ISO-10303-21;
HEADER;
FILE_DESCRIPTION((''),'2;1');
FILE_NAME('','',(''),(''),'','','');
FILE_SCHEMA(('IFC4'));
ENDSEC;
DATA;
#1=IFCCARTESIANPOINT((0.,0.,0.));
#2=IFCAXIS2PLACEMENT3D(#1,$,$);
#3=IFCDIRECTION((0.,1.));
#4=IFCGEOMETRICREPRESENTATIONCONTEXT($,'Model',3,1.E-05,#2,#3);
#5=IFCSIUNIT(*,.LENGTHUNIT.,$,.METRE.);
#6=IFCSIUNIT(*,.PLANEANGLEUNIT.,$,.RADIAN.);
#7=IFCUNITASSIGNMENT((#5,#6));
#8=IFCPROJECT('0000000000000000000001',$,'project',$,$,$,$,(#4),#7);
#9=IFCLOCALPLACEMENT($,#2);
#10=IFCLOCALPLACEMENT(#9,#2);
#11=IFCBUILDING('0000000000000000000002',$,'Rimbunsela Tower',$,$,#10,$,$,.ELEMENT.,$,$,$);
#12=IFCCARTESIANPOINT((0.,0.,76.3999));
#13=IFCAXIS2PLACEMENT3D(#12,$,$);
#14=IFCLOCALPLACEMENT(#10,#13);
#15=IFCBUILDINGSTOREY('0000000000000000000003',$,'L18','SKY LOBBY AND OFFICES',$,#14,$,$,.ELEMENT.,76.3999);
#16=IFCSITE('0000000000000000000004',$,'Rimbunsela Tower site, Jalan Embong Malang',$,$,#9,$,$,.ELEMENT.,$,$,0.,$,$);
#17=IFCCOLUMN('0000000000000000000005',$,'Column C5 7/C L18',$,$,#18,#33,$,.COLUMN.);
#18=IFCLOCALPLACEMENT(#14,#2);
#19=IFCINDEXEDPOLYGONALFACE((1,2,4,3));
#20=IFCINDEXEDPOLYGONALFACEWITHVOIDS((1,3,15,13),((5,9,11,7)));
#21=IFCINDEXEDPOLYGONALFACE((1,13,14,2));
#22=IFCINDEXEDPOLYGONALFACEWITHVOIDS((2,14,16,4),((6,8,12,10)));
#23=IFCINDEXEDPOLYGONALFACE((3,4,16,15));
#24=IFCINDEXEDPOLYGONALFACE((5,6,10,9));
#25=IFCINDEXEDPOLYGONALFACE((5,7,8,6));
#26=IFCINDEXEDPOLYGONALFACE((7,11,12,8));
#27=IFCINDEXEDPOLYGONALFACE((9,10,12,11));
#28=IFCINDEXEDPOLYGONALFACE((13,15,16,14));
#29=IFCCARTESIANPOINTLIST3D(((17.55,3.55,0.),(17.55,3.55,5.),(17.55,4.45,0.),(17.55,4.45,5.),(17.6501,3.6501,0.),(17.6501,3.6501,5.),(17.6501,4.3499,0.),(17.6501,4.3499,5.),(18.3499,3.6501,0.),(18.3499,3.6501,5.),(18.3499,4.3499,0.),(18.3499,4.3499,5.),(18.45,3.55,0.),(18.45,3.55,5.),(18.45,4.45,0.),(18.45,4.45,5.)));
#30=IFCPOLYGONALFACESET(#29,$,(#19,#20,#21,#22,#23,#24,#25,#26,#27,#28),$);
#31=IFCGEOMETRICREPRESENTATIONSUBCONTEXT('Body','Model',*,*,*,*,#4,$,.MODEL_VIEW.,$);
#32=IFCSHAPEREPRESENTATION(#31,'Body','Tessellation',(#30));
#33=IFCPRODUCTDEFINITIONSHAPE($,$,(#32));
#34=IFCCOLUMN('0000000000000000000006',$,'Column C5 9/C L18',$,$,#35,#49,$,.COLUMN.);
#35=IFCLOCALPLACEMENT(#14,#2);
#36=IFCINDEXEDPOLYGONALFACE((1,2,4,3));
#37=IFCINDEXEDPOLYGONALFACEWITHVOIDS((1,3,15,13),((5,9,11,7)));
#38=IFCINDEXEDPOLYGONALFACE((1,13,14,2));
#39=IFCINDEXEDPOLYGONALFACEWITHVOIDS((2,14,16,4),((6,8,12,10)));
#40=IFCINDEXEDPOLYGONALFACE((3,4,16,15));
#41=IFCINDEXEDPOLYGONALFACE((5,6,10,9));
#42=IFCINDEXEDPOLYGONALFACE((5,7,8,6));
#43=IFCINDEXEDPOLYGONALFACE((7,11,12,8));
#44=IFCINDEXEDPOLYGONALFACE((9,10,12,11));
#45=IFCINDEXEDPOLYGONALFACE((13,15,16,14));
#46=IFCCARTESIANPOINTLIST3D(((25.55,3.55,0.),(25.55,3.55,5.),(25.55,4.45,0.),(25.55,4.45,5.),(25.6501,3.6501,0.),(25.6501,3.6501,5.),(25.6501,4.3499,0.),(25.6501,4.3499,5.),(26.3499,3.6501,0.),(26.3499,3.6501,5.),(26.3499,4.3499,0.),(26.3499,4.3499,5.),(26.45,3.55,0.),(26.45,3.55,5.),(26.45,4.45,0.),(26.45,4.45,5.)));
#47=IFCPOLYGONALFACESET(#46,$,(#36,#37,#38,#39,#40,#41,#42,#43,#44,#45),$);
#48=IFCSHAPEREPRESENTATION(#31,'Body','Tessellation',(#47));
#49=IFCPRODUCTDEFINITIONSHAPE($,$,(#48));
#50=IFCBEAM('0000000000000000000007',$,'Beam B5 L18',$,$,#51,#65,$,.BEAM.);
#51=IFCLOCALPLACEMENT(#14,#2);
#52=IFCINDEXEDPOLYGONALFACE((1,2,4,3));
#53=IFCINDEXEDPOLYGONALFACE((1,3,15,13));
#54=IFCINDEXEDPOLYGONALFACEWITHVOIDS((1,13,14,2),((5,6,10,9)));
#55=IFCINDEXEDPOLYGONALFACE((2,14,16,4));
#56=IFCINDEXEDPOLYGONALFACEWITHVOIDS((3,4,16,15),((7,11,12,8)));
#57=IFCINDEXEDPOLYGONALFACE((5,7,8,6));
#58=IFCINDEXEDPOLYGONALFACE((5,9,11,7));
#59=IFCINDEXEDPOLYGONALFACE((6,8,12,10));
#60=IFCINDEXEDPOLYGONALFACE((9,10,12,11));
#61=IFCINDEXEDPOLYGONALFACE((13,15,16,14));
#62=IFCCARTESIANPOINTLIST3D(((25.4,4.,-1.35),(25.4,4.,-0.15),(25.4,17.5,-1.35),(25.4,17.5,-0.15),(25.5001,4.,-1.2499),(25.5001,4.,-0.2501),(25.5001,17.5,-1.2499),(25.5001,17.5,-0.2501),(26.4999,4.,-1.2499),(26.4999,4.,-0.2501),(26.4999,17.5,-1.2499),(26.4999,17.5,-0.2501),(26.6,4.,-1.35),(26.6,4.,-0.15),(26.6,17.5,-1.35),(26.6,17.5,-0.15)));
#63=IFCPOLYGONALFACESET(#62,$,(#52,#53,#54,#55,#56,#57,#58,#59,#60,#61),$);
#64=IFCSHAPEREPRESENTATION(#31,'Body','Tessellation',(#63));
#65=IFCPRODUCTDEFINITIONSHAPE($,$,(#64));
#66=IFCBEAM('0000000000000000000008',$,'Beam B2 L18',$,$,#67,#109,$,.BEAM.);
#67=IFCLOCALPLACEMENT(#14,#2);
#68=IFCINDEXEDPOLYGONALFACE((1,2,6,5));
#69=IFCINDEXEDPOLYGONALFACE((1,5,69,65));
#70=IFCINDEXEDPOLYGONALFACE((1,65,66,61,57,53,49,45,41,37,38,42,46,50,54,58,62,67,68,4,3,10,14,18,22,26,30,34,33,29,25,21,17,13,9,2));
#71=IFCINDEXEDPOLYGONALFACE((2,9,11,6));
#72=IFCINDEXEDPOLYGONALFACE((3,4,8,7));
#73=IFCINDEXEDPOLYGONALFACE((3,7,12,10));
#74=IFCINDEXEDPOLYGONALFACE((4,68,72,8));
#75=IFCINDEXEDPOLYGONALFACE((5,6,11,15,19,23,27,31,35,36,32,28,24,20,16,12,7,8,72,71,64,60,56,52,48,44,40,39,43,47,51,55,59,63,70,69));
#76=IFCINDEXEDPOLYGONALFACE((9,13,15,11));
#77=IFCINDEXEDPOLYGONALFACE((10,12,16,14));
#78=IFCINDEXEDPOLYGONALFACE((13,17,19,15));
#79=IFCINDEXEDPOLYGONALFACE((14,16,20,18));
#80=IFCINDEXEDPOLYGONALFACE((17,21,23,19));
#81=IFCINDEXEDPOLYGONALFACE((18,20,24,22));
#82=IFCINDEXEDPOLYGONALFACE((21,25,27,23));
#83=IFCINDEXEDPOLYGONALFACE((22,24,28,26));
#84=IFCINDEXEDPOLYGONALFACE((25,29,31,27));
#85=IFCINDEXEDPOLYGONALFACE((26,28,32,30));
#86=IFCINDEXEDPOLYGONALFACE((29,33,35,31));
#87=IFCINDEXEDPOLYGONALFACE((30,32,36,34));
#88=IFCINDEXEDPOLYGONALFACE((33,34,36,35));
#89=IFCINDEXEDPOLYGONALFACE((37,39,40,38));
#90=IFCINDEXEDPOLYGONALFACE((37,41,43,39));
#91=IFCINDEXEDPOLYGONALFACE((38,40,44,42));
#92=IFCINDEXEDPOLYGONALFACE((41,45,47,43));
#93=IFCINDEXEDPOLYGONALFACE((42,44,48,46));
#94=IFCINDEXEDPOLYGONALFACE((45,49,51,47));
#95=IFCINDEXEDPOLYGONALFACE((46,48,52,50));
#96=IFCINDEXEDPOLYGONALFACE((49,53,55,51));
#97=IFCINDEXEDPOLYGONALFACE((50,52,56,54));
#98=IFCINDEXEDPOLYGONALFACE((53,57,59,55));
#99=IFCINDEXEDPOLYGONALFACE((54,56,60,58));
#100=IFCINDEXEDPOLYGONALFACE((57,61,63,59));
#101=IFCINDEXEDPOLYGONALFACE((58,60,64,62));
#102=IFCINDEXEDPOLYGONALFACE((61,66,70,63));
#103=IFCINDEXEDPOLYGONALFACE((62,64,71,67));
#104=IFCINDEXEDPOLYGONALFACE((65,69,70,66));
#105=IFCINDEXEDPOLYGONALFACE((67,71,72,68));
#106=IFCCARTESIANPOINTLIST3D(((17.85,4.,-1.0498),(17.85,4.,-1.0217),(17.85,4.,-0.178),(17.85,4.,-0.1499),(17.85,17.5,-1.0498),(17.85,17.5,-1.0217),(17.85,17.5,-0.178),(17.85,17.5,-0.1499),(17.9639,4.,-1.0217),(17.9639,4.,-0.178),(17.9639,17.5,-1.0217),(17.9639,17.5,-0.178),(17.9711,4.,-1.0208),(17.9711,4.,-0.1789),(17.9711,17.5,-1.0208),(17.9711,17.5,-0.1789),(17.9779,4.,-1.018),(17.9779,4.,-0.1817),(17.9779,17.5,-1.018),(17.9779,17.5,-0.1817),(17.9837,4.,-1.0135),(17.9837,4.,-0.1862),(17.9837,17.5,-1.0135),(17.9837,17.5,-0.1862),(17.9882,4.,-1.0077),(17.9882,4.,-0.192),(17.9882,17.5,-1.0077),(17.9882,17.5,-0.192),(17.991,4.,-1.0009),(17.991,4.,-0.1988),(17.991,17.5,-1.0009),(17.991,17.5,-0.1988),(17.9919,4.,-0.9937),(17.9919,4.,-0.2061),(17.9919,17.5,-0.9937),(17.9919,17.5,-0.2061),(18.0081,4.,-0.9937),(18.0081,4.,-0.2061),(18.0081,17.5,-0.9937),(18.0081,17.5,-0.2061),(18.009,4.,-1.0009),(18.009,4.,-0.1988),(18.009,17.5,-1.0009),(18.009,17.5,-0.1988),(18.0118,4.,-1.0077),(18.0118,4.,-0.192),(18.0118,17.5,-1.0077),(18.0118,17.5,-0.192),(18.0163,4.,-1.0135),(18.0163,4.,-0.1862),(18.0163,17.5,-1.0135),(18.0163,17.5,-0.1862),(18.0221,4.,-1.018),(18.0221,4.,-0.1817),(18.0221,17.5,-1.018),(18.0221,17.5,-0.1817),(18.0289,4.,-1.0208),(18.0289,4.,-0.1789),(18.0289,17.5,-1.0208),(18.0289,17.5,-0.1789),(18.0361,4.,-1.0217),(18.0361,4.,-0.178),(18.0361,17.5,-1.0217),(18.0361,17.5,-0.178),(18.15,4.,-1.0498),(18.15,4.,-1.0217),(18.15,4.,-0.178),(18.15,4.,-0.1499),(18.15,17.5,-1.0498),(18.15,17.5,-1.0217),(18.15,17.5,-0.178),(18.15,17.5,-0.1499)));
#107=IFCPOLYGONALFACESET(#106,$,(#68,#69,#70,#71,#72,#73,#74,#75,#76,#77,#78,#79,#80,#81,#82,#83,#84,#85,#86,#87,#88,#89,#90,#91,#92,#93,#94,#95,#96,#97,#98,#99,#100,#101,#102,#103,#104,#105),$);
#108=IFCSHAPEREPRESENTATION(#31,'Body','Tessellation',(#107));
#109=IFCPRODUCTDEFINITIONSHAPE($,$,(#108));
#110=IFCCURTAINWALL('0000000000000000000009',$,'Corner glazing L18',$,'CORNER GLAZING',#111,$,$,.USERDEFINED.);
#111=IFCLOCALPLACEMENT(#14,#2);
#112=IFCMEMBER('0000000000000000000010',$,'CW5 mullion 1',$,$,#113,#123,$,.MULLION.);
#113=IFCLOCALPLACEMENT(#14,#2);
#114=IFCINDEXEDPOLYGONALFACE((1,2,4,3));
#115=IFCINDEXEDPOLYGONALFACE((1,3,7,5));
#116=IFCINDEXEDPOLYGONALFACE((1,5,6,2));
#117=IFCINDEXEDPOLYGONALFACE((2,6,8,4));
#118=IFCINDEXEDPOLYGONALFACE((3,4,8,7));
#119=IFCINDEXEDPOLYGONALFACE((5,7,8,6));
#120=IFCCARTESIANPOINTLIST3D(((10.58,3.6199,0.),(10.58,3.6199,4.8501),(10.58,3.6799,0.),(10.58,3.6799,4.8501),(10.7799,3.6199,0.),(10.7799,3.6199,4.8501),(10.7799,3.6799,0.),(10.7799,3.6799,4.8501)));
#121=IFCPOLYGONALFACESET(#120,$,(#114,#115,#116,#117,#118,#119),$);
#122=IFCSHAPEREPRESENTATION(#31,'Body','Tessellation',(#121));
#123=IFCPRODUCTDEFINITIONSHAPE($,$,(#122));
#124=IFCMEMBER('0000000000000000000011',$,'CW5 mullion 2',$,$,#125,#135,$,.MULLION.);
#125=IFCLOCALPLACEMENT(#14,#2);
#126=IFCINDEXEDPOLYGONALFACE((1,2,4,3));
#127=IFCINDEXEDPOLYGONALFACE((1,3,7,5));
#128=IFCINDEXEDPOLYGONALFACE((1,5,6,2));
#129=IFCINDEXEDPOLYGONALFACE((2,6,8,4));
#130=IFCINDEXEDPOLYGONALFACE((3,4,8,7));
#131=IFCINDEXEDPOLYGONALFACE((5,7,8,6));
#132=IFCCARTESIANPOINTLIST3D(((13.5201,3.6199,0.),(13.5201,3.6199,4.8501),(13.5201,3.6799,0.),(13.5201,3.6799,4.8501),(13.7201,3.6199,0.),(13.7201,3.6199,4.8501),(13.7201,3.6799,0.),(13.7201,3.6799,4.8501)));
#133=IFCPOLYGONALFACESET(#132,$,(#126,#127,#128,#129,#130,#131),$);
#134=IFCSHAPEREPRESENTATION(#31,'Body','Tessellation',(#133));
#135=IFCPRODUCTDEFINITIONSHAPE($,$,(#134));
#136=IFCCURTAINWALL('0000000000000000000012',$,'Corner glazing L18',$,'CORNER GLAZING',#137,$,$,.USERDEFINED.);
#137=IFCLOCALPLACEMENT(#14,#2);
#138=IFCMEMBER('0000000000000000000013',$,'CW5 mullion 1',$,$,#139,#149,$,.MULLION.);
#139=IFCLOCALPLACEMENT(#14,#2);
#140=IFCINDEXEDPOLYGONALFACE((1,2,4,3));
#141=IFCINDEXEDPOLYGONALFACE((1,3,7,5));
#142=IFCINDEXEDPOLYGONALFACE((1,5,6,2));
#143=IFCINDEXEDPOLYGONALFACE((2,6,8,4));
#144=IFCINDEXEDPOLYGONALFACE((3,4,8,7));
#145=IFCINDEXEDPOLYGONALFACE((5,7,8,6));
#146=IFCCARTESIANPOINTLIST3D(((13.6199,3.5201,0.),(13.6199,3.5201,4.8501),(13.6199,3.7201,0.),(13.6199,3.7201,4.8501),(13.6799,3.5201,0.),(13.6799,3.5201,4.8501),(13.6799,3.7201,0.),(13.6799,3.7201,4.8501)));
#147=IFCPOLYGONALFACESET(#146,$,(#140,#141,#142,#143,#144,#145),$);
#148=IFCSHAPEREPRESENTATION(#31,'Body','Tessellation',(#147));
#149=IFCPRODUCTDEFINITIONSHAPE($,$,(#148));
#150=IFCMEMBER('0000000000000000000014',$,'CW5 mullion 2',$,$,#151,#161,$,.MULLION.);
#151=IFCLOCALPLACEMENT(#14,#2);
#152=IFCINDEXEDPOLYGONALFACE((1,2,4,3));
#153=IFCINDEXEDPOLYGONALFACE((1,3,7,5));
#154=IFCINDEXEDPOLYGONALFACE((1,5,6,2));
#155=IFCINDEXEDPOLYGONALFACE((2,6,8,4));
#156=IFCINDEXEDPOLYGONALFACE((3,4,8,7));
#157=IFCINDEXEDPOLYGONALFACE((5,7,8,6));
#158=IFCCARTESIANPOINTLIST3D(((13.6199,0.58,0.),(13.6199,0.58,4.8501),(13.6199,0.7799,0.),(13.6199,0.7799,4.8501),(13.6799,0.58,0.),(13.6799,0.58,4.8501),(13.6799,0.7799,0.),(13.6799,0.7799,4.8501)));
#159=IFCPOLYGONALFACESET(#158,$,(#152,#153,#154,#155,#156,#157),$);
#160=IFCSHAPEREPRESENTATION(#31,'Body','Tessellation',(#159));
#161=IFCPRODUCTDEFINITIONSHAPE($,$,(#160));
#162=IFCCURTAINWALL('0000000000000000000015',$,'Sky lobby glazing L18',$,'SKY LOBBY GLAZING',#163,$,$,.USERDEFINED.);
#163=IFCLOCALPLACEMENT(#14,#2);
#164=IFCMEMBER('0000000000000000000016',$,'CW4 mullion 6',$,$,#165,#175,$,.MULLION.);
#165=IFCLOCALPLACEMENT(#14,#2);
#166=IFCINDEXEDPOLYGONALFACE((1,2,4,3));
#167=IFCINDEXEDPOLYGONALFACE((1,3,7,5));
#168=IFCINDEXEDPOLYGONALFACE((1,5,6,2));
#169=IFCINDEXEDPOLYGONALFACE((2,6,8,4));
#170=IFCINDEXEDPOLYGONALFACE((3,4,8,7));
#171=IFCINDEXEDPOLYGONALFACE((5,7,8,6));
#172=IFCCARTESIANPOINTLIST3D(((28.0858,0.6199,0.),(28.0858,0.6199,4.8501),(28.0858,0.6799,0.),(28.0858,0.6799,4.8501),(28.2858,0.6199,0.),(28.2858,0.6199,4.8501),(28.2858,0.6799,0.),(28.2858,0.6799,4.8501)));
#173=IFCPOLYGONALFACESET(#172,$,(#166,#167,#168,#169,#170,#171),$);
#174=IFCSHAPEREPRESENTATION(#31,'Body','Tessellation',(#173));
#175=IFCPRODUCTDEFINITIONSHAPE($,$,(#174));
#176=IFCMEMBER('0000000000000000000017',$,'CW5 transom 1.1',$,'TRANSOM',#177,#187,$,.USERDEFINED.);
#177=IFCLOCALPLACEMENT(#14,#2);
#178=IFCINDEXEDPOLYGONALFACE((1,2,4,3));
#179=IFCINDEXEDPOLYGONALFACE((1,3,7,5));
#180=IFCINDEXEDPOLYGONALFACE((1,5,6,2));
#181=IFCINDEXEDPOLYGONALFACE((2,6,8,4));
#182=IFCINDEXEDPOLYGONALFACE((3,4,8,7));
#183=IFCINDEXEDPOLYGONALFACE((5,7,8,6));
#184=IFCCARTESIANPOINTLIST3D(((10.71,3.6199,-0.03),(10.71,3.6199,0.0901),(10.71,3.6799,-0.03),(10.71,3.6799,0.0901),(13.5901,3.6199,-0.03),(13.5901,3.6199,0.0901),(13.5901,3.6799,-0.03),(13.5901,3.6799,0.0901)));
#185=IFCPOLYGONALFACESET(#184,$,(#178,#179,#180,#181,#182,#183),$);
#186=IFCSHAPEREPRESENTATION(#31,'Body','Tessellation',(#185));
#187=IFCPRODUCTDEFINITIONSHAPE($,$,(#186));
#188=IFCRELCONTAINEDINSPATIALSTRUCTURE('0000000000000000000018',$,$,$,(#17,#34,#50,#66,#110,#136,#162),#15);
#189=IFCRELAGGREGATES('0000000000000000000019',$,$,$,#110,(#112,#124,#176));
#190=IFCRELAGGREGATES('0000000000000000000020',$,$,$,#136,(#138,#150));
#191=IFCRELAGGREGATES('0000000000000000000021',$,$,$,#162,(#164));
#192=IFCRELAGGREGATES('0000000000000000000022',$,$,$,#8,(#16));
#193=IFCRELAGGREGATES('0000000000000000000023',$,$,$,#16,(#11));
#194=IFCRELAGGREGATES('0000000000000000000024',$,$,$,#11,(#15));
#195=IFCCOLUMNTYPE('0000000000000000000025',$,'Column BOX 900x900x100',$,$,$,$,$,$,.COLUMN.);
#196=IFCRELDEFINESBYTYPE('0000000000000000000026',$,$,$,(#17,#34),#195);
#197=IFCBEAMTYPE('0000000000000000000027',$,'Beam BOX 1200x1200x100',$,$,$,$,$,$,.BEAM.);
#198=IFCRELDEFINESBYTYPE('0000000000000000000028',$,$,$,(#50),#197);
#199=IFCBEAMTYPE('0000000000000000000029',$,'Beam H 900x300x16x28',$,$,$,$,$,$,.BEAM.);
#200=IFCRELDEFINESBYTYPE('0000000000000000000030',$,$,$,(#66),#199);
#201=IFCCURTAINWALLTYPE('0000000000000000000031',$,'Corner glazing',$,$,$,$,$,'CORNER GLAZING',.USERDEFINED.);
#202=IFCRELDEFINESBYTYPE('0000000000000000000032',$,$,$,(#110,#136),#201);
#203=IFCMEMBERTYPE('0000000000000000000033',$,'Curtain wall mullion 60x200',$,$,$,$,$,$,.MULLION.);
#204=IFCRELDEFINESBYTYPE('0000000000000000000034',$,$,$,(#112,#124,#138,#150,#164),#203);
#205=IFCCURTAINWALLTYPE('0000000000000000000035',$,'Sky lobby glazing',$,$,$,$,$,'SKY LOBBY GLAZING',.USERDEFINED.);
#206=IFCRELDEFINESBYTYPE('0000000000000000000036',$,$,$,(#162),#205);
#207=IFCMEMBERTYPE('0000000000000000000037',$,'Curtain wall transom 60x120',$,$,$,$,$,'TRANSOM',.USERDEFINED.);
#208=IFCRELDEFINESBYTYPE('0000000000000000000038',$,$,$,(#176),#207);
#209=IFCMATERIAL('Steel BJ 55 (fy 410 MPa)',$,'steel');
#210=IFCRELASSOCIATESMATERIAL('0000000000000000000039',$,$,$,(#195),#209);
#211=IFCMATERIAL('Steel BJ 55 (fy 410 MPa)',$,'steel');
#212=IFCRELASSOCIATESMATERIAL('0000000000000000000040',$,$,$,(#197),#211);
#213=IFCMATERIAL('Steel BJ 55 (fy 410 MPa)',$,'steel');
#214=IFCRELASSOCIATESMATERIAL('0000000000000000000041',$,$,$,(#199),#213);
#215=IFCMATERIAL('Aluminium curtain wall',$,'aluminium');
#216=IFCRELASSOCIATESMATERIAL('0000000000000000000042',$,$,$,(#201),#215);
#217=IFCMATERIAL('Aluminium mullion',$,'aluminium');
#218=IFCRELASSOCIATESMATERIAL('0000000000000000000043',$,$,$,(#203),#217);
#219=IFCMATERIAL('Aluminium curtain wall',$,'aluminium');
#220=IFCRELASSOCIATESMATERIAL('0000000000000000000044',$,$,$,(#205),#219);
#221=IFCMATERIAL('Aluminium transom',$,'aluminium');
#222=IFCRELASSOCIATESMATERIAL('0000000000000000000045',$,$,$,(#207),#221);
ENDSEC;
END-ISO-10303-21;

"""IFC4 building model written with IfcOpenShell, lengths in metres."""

from ifc_helpers import new_model, si_unit, direction, frame, origin, origin_2d, place, context, subcontext, project, spatial, rectangle, hollow_rectangle, i_section, extrude, material, material_profile, profile_set, type_object, element, aggregate, save


model = new_model("IFC4")

# Units and contexts
model_context = context("Model", 3, precision=1e-05, world=origin(), true_north=direction((0.0, 1.0)))
body_context = subcontext(model_context, "Body", "Model", "MODEL_VIEW")
ifc_project = project(units=[si_unit("LENGTHUNIT", "METRE"), si_unit("PLANEANGLEUNIT", "RADIAN")], contexts=[model_context])

# Site, building, storey
site_placement = place(None, origin())
site = spatial("IfcSite", under=ifc_project, at=site_placement, Name="Rimbunsela Tower site, Jalan Embong Malang", CompositionType="ELEMENT", RefElevation=0.0)
building_placement = place(site_placement, origin())
building = spatial("IfcBuilding", under=site, at=building_placement, Name="Rimbunsela Tower", CompositionType="ELEMENT")
storey_placement = place(building_placement, frame((0.0, 0.0, 76.3999)))
storey = spatial("IfcBuildingStorey", under=building, at=storey_placement, Name="L18", Description="SKY LOBBY AND OFFICES", CompositionType="ELEMENT", Elevation=76.3999)

# Columns
ifc_material_1 = material(Name="Steel BJ 55 (fy 410 MPa)", Category="steel")
ifc_material_profile_1 = material_profile(ifc_material_1, hollow_rectangle(XDim=0.8999, YDim=0.8999, WallThickness=0.1001, at=origin_2d()), Name="BOX 900x900x100")
ifc_profile_set_1 = profile_set([ifc_material_profile_1], Name="Steel BJ 55 (fy 410 MPa)")
column_type = type_object("IfcColumnType", Name="Column BOX 900x900x100", PredefinedType="COLUMN", material=ifc_profile_set_1)
for number, where, z_axis, x_axis, name in (
    (1, (18.0, 4.0, 0.0), (0.0, 0.0, 1.0), (1.0, 0.0, 0.0), "Column C5 7/C L18"),
    (2, (26.0, 4.0, 0.0), (0.0, 0.0, 1.0), (1.0, 0.0, 0.0), "Column C5 9/C L18"),
):
    element("IfcColumn", number, at=place(storey_placement, frame(where, z_axis=z_axis, x_axis=x_axis)), inside=storey, type_object=column_type, Name=name, PredefinedType="COLUMN", context=body_context, shape_type="SweptSolid", body=[
        extrude(hollow_rectangle(XDim=0.8999, YDim=0.8999, WallThickness=0.1001, at=origin_2d()), origin(), (0.0, 0.0, 1.0), 5.0),
    ])

# Beams
ifc_material_2 = material(Name="Steel BJ 55 (fy 410 MPa)", Category="steel")
ifc_material_profile_2 = material_profile(ifc_material_2, hollow_rectangle(XDim=1.2, YDim=1.2, WallThickness=0.1001, at=origin_2d()), Name="BOX 1200x1200x100")
ifc_profile_set_2 = profile_set([ifc_material_profile_2], Name="Steel BJ 55 (fy 410 MPa)")
beam_type_1 = type_object("IfcBeamType", Name="Beam BOX 1200x1200x100", PredefinedType="BEAM", material=ifc_profile_set_2)
beam_1_placement = place(storey_placement, frame((26.0, 4.0, -0.75), z_axis=(0.0, 1.0, 0.0), x_axis=(-1.0, 0.0, 0.0)))
element("IfcBeam", 3, at=beam_1_placement, inside=storey, type_object=beam_type_1, Name="Beam B5 L18", PredefinedType="BEAM", context=body_context, shape_type="SweptSolid", body=[
    extrude(hollow_rectangle(XDim=1.2, YDim=1.2, WallThickness=0.1001, at=origin_2d()), origin(), (0.0, 0.0, 1.0), 13.5),
])
ifc_material_3 = material(Name="Steel BJ 55 (fy 410 MPa)", Category="steel")
ifc_material_profile_3 = material_profile(ifc_material_3, i_section(OverallWidth=0.3, OverallDepth=0.8999, WebThickness=0.0161, FlangeThickness=0.0281, FilletRadius=0.0281, at=origin_2d()), Name="H 900x300x16x28")
ifc_profile_set_3 = profile_set([ifc_material_profile_3], Name="Steel BJ 55 (fy 410 MPa)")
beam_type_2 = type_object("IfcBeamType", Name="Beam H 900x300x16x28", PredefinedType="BEAM", material=ifc_profile_set_3)
beam_2_placement = place(storey_placement, frame((18.0, 4.0, -0.5999), z_axis=(0.0, 1.0, 0.0), x_axis=(-1.0, 0.0, 0.0)))
element("IfcBeam", 4, at=beam_2_placement, inside=storey, type_object=beam_type_2, Name="Beam B2 L18", PredefinedType="BEAM", context=body_context, shape_type="SweptSolid", body=[
    extrude(i_section(OverallWidth=0.3, OverallDepth=0.8999, WebThickness=0.0161, FlangeThickness=0.0281, FilletRadius=0.0281, at=origin_2d()), origin(), (0.0, 0.0, 1.0), 13.5),
])

# Curtain walls, members
ifc_material_4 = material(Name="Aluminium curtain wall", Category="aluminium")
curtain_wall_type_1 = type_object("IfcCurtainWallType", Name="Corner glazing", ElementType="CORNER GLAZING", PredefinedType="USERDEFINED", material=ifc_material_4)
curtain_wall_1_placement = place(storey_placement, origin())
curtain_wall_1 = element("IfcCurtainWall", 5, at=curtain_wall_1_placement, inside=storey, type_object=curtain_wall_type_1, Name="Corner glazing L18", ObjectType="CORNER GLAZING", PredefinedType="USERDEFINED")
ifc_material_5 = material(Name="Aluminium mullion", Category="aluminium")
ifc_material_profile_4 = material_profile(ifc_material_5, rectangle(XDim=0.0601, YDim=0.2, at=origin_2d()), Name="Mullion 60x200")
ifc_profile_set_4 = profile_set([ifc_material_profile_4], Name="Aluminium mullion")
member_type_1 = type_object("IfcMemberType", Name="Curtain wall mullion 60x200", PredefinedType="MULLION", material=ifc_profile_set_4)
member_1_placement = place(storey_placement, frame((10.6799, 3.6499, 0.0), z_axis=(0.0, 0.0, 1.0), x_axis=(0.0, 1.0, 0.0)))
member_1 = element("IfcMember", 6, at=member_1_placement, type_object=member_type_1, Name="CW5 mullion 1", PredefinedType="MULLION", context=body_context, shape_type="SweptSolid", body=[
    extrude(rectangle(XDim=0.0601, YDim=0.2, at=origin_2d()), origin(), (0.0, 0.0, 1.0), 4.8501),
])
member_2_placement = place(storey_placement, frame((13.6201, 3.6499, 0.0), z_axis=(0.0, 0.0, 1.0), x_axis=(0.0, 1.0, 0.0)))
member_2 = element("IfcMember", 7, at=member_2_placement, type_object=member_type_1, Name="CW5 mullion 2", PredefinedType="MULLION", context=body_context, shape_type="SweptSolid", body=[
    extrude(rectangle(XDim=0.0601, YDim=0.2, at=origin_2d()), origin(), (0.0, 0.0, 1.0), 4.8501),
])
curtain_wall_2_placement = place(storey_placement, origin())
curtain_wall_2 = element("IfcCurtainWall", 8, at=curtain_wall_2_placement, inside=storey, type_object=curtain_wall_type_1, Name="Corner glazing L18", ObjectType="CORNER GLAZING", PredefinedType="USERDEFINED")
member_3_placement = place(storey_placement, frame((13.6499, 3.6201, 0.0), z_axis=(0.0, 0.0, 1.0), x_axis=(1.0, 0.0, 0.0)))
member_3 = element("IfcMember", 9, at=member_3_placement, type_object=member_type_1, Name="CW5 mullion 1", PredefinedType="MULLION", context=body_context, shape_type="SweptSolid", body=[
    extrude(rectangle(XDim=0.0601, YDim=0.2, at=origin_2d()), origin(), (0.0, 0.0, 1.0), 4.8501),
])
member_4_placement = place(storey_placement, frame((13.6499, 0.6799, 0.0), z_axis=(0.0, 0.0, 1.0), x_axis=(1.0, 0.0, 0.0)))
member_4 = element("IfcMember", 10, at=member_4_placement, type_object=member_type_1, Name="CW5 mullion 2", PredefinedType="MULLION", context=body_context, shape_type="SweptSolid", body=[
    extrude(rectangle(XDim=0.0601, YDim=0.2, at=origin_2d()), origin(), (0.0, 0.0, 1.0), 4.8501),
])

# Curtain wall, member
ifc_material_6 = material(Name="Aluminium curtain wall", Category="aluminium")
curtain_wall_type_2 = type_object("IfcCurtainWallType", Name="Sky lobby glazing", ElementType="SKY LOBBY GLAZING", PredefinedType="USERDEFINED", material=ifc_material_6)
curtain_wall_3_placement = place(storey_placement, origin())
curtain_wall_3 = element("IfcCurtainWall", 11, at=curtain_wall_3_placement, inside=storey, type_object=curtain_wall_type_2, Name="Sky lobby glazing L18", ObjectType="SKY LOBBY GLAZING", PredefinedType="USERDEFINED")
member_5_placement = place(storey_placement, frame((28.1858, 0.6499, 0.0), z_axis=(0.0, 0.0, 1.0), x_axis=(0.0, 1.0, 0.0)))
member_5 = element("IfcMember", 12, at=member_5_placement, type_object=member_type_1, Name="CW4 mullion 6", PredefinedType="MULLION", context=body_context, shape_type="SweptSolid", body=[
    extrude(rectangle(XDim=0.0601, YDim=0.2, at=origin_2d()), origin(), (0.0, 0.0, 1.0), 4.8501),
])

# Member
ifc_material_7 = material(Name="Aluminium transom", Category="aluminium")
ifc_material_profile_5 = material_profile(ifc_material_7, rectangle(XDim=0.0601, YDim=0.1201, at=origin_2d()), Name="Transom 60x120")
ifc_profile_set_5 = profile_set([ifc_material_profile_5], Name="Aluminium transom")
member_type_2 = type_object("IfcMemberType", Name="Curtain wall transom 60x120", ElementType="TRANSOM", PredefinedType="USERDEFINED", material=ifc_profile_set_5)
member_6_placement = place(storey_placement, frame((10.71, 3.6499, 0.03), z_axis=(1.0, 0.0, 0.0), x_axis=(0.0, 1.0, 0.0)))
member_6 = element("IfcMember", 13, at=member_6_placement, type_object=member_type_2, Name="CW5 transom 1.1", ObjectType="TRANSOM", PredefinedType="USERDEFINED", context=body_context, shape_type="SweptSolid", body=[
    extrude(rectangle(XDim=0.0601, YDim=0.1201, at=origin_2d()), origin(), (0.0, 0.0, 1.0), 2.8801),
])

aggregate(curtain_wall_1, [member_1, member_2, member_6])
aggregate(curtain_wall_2, [member_3, member_4])
aggregate(curtain_wall_3, [member_5])

save(model, "model.ifc")
